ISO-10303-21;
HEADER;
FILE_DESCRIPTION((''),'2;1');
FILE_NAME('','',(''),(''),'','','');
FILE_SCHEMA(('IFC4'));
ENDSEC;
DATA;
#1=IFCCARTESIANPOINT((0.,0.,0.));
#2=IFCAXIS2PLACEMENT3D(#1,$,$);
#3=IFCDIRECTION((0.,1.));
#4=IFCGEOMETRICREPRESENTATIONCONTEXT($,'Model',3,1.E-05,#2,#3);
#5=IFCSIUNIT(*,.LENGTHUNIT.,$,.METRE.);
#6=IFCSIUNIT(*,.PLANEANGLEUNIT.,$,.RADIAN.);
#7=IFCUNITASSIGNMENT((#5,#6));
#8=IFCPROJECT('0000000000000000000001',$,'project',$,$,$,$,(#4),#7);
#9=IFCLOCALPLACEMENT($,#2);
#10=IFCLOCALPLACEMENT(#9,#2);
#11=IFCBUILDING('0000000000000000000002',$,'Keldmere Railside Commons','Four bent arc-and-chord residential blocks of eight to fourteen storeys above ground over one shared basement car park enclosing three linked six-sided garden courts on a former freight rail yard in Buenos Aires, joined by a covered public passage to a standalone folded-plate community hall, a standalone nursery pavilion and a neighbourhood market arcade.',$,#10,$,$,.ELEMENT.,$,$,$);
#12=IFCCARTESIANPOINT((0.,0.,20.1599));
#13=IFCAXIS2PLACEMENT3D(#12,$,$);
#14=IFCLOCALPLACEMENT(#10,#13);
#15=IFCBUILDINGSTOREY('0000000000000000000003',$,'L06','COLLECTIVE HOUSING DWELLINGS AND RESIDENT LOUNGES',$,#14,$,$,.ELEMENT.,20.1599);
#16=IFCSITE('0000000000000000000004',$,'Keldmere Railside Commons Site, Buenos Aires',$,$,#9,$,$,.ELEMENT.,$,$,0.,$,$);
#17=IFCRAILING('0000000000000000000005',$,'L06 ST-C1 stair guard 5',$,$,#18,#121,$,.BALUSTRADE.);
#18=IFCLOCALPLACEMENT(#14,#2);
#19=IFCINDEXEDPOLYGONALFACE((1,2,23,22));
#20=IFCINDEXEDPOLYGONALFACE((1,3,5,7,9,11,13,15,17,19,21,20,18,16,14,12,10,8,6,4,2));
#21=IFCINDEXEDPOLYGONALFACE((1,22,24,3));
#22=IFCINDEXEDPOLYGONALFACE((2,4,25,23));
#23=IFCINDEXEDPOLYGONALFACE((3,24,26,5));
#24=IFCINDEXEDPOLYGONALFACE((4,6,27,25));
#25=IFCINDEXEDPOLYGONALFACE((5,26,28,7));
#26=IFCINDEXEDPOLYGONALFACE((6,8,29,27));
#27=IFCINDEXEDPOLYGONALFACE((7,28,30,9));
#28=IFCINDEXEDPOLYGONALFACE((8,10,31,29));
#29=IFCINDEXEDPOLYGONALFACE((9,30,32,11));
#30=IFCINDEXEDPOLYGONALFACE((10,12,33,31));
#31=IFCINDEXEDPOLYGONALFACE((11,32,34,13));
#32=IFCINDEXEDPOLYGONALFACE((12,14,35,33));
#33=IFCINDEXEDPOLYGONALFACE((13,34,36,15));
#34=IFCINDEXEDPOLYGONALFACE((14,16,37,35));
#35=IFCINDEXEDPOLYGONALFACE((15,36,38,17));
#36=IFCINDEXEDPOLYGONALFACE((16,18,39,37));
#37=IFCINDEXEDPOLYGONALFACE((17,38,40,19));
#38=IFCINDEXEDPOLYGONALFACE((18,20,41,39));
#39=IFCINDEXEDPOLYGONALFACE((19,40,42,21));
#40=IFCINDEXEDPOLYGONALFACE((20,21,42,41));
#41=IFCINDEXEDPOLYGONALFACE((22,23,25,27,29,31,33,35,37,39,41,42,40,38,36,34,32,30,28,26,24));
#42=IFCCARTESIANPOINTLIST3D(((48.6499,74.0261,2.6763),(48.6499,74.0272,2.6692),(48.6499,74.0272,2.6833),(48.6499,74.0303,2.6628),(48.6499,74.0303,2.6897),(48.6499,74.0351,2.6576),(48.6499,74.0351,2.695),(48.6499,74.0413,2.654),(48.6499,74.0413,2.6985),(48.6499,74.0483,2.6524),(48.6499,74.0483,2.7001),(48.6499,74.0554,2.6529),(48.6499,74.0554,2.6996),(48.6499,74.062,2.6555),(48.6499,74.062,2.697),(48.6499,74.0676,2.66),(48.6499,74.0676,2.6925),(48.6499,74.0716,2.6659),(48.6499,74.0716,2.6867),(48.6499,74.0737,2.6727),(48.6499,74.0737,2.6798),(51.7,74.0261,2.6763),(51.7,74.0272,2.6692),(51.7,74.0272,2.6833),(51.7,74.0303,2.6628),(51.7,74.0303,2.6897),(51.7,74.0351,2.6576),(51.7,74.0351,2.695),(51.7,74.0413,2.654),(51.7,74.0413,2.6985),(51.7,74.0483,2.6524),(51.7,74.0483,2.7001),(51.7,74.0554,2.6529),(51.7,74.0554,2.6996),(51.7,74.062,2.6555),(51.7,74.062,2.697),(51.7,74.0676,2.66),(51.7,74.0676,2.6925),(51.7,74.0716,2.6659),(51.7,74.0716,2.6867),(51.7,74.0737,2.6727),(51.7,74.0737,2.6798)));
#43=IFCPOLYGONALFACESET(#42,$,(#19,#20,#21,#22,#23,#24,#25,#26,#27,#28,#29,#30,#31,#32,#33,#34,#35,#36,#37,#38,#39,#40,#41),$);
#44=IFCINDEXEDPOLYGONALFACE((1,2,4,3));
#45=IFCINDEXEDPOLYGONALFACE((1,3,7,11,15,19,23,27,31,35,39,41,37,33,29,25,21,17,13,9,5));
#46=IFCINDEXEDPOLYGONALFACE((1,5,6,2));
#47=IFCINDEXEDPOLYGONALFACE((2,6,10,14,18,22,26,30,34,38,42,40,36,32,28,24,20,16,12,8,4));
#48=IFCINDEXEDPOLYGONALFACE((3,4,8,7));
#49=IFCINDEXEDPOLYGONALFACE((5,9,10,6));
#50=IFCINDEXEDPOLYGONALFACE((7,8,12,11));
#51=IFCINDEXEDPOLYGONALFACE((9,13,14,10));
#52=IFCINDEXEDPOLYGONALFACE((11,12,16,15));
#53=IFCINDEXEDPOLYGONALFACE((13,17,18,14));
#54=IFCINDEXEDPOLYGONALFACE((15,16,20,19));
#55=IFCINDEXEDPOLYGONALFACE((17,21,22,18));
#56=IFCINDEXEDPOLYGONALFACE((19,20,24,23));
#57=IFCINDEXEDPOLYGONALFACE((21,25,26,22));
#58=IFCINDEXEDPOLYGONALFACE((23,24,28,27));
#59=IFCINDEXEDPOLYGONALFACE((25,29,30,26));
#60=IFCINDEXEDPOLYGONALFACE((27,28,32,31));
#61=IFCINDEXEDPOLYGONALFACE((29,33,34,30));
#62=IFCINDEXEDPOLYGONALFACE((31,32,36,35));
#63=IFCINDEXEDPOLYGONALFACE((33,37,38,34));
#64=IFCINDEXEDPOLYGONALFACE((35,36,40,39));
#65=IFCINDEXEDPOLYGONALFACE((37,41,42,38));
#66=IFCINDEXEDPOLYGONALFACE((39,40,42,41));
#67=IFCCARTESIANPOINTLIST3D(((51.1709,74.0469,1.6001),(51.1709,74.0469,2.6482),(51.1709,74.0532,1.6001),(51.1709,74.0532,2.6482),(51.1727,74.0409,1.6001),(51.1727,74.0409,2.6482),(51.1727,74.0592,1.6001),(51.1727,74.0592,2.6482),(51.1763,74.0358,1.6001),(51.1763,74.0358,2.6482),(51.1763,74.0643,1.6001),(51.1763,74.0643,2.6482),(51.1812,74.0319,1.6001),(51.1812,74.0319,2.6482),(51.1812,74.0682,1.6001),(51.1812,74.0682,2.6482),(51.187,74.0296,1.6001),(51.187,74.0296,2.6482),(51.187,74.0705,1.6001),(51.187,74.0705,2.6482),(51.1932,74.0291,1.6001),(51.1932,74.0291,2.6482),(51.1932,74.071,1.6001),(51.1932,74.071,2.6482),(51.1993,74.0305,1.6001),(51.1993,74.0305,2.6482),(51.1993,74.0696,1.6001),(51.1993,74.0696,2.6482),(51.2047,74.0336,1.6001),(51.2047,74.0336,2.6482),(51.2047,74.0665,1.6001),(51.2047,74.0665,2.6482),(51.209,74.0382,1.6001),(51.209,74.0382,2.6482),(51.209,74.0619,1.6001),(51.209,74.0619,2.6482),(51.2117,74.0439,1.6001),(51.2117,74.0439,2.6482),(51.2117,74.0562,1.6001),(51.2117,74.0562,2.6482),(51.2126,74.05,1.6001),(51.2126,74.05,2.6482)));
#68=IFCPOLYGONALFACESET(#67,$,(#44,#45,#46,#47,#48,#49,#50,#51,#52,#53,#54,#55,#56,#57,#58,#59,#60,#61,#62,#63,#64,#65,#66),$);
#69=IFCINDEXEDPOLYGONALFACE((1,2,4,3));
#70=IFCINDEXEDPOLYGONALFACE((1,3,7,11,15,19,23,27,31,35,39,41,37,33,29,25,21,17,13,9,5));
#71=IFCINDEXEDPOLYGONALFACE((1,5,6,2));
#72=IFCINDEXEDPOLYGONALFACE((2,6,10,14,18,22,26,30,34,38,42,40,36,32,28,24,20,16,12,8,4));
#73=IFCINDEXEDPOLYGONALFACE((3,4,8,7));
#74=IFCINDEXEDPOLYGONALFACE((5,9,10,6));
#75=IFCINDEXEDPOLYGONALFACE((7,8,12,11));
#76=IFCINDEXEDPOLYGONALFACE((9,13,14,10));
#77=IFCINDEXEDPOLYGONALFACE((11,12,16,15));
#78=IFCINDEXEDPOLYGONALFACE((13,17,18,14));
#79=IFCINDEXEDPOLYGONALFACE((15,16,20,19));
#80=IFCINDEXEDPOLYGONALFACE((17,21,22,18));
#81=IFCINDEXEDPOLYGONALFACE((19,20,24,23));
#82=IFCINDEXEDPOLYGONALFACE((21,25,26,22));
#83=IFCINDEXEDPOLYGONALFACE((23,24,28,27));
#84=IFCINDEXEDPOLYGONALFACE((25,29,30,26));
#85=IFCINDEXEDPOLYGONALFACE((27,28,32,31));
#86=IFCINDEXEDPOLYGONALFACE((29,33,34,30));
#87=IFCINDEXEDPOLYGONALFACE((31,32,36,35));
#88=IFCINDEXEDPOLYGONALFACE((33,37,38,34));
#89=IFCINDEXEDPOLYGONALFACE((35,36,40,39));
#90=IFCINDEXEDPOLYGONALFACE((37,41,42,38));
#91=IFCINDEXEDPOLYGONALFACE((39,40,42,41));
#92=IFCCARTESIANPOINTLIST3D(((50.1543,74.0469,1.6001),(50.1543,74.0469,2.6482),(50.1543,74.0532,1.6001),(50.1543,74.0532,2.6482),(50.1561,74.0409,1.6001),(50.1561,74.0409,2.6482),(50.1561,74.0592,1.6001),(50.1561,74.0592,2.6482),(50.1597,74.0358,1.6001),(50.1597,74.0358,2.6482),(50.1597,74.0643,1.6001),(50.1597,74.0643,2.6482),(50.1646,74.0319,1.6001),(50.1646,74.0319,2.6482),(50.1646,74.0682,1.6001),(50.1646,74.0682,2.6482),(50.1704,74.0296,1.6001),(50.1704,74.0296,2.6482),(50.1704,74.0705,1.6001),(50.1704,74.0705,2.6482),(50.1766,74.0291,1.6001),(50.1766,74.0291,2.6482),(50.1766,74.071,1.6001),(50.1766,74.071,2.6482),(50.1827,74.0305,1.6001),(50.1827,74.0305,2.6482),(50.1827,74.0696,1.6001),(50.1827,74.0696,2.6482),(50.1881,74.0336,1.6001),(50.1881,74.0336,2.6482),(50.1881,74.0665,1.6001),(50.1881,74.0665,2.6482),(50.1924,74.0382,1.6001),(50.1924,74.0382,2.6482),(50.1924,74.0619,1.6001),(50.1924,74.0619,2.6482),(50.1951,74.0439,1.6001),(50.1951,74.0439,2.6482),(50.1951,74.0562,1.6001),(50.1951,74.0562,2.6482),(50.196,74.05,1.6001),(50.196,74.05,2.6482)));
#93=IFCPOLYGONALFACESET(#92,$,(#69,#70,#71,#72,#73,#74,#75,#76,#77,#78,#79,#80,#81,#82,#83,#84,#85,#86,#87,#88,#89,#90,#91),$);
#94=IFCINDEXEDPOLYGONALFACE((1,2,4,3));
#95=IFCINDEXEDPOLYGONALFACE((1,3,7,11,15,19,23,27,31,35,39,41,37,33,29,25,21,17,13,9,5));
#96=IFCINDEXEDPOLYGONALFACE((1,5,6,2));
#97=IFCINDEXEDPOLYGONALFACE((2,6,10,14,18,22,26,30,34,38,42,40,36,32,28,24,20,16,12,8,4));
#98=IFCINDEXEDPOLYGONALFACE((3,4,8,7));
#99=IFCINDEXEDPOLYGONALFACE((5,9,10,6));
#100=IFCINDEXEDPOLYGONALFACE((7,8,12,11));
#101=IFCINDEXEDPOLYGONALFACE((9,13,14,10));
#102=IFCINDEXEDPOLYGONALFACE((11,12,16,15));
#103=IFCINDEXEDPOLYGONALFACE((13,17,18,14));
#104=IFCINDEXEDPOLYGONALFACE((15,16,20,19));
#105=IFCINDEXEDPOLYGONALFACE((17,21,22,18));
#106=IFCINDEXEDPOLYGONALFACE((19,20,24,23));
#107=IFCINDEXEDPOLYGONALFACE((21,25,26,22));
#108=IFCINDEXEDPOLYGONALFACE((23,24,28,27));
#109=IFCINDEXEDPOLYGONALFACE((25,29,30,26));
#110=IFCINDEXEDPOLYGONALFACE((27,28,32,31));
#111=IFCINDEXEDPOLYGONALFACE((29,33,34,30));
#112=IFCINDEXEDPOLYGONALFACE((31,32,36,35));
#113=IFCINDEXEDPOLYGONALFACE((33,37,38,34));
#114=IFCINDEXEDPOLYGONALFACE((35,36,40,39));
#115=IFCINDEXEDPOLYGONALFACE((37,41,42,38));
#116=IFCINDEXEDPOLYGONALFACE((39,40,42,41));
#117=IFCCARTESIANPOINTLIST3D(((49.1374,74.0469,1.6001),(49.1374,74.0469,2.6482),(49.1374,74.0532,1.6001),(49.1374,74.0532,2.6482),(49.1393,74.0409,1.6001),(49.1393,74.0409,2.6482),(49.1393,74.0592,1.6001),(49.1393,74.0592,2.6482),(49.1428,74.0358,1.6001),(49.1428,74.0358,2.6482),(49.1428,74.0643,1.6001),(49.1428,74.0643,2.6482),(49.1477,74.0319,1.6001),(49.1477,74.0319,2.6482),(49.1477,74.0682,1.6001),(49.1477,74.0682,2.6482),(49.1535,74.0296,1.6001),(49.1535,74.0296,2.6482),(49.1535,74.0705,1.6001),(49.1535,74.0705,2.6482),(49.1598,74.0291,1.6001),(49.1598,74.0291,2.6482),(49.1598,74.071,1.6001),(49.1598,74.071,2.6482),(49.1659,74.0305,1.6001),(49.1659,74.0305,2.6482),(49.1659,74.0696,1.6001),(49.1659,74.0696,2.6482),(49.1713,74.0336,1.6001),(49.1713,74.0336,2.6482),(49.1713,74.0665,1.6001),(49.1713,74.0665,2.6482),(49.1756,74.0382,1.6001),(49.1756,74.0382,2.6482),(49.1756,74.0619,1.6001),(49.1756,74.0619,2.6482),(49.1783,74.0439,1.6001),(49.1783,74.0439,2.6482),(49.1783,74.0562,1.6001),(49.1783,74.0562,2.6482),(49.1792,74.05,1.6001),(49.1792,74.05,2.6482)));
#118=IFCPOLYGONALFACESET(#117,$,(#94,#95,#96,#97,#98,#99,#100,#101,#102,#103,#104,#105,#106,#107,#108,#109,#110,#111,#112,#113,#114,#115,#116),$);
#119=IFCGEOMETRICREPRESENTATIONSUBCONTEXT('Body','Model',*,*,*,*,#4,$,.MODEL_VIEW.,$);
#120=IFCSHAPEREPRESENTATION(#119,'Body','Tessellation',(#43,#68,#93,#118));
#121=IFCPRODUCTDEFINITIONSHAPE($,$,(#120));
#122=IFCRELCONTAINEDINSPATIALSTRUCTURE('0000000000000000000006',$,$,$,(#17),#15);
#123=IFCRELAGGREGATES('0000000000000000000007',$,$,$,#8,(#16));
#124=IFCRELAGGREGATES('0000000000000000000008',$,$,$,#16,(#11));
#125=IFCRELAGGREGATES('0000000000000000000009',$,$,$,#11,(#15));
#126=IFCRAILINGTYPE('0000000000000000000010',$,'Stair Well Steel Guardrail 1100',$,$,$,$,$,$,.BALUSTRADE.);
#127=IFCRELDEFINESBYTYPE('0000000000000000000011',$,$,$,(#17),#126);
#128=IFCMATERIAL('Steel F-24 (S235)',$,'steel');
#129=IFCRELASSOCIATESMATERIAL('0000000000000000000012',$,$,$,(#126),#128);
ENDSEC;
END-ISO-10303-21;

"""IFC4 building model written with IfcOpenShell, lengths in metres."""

from ifc_helpers import new_model, si_unit, direction, frame, origin, origin_2d, place, context, subcontext, project, spatial, circle, extrude, material, type_object, element, save


model = new_model("IFC4")

# Units and contexts
model_context = context("Model", 3, precision=1e-05, world=origin(), true_north=direction((0.0, 1.0)))
body_context = subcontext(model_context, "Body", "Model", "MODEL_VIEW")
ifc_project = project(units=[si_unit("LENGTHUNIT", "METRE"), si_unit("PLANEANGLEUNIT", "RADIAN")], contexts=[model_context])

# Site, building, storey
site_placement = place(None, origin())
site = spatial("IfcSite", under=ifc_project, at=site_placement, Name="Keldmere Railside Commons Site, Buenos Aires", CompositionType="ELEMENT", RefElevation=0.0)
building_placement = place(site_placement, origin())
building = spatial("IfcBuilding", under=site, at=building_placement, Name="Keldmere Railside Commons", Description="Four bent arc-and-chord residential blocks of eight to fourteen storeys above ground over one shared basement car park enclosing three linked six-sided garden courts on a former freight rail yard in Buenos Aires, joined by a covered public passage to a standalone folded-plate community hall, a standalone nursery pavilion and a neighbourhood market arcade.", CompositionType="ELEMENT")
storey_placement = place(building_placement, frame((0.0, 0.0, 20.1599)))
storey = spatial("IfcBuildingStorey", under=building, at=storey_placement, Name="L06", Description="COLLECTIVE HOUSING DWELLINGS AND RESIDENT LOUNGES", CompositionType="ELEMENT", Elevation=20.1599)

# Railing
ifc_material_1 = material(Name="Steel F-24 (S235)", Category="steel")
railing_type_1 = type_object("IfcRailingType", Name="Stair Well Steel Guardrail 1100", PredefinedType="BALUSTRADE", material=ifc_material_1)
railing_1_placement = place(storey_placement, frame((51.7, 74.05, 1.6001)))
element("IfcRailing", 1, at=railing_1_placement, inside=storey, type_object=railing_type_1, Name="L06 ST-C1 stair guard 5", PredefinedType="BALUSTRADE", context=body_context, shape_type="SweptSolid", body=[
    extrude(circle(Radius=0.0239, at=origin_2d()), frame((0.0, 0.0, 1.0762), z_axis=(-1.0, 0.0, 0.0), x_axis=(0.0, -1.0, 0.0)), (0.0, 0.0, 1.0), 3.05),
    extrude(circle(Radius=0.021, at=origin_2d()), frame((-0.5083, 0.0, 0.0)), (0.0, 0.0, 1.0), 1.0481),
    extrude(circle(Radius=0.021, at=origin_2d()), frame((-1.5249, 0.0, 0.0)), (0.0, 0.0, 1.0), 1.0481),
    extrude(circle(Radius=0.021, at=origin_2d()), frame((-2.5417, 0.0, 0.0)), (0.0, 0.0, 1.0), 1.0481),
])

save(model, "model.ifc")
